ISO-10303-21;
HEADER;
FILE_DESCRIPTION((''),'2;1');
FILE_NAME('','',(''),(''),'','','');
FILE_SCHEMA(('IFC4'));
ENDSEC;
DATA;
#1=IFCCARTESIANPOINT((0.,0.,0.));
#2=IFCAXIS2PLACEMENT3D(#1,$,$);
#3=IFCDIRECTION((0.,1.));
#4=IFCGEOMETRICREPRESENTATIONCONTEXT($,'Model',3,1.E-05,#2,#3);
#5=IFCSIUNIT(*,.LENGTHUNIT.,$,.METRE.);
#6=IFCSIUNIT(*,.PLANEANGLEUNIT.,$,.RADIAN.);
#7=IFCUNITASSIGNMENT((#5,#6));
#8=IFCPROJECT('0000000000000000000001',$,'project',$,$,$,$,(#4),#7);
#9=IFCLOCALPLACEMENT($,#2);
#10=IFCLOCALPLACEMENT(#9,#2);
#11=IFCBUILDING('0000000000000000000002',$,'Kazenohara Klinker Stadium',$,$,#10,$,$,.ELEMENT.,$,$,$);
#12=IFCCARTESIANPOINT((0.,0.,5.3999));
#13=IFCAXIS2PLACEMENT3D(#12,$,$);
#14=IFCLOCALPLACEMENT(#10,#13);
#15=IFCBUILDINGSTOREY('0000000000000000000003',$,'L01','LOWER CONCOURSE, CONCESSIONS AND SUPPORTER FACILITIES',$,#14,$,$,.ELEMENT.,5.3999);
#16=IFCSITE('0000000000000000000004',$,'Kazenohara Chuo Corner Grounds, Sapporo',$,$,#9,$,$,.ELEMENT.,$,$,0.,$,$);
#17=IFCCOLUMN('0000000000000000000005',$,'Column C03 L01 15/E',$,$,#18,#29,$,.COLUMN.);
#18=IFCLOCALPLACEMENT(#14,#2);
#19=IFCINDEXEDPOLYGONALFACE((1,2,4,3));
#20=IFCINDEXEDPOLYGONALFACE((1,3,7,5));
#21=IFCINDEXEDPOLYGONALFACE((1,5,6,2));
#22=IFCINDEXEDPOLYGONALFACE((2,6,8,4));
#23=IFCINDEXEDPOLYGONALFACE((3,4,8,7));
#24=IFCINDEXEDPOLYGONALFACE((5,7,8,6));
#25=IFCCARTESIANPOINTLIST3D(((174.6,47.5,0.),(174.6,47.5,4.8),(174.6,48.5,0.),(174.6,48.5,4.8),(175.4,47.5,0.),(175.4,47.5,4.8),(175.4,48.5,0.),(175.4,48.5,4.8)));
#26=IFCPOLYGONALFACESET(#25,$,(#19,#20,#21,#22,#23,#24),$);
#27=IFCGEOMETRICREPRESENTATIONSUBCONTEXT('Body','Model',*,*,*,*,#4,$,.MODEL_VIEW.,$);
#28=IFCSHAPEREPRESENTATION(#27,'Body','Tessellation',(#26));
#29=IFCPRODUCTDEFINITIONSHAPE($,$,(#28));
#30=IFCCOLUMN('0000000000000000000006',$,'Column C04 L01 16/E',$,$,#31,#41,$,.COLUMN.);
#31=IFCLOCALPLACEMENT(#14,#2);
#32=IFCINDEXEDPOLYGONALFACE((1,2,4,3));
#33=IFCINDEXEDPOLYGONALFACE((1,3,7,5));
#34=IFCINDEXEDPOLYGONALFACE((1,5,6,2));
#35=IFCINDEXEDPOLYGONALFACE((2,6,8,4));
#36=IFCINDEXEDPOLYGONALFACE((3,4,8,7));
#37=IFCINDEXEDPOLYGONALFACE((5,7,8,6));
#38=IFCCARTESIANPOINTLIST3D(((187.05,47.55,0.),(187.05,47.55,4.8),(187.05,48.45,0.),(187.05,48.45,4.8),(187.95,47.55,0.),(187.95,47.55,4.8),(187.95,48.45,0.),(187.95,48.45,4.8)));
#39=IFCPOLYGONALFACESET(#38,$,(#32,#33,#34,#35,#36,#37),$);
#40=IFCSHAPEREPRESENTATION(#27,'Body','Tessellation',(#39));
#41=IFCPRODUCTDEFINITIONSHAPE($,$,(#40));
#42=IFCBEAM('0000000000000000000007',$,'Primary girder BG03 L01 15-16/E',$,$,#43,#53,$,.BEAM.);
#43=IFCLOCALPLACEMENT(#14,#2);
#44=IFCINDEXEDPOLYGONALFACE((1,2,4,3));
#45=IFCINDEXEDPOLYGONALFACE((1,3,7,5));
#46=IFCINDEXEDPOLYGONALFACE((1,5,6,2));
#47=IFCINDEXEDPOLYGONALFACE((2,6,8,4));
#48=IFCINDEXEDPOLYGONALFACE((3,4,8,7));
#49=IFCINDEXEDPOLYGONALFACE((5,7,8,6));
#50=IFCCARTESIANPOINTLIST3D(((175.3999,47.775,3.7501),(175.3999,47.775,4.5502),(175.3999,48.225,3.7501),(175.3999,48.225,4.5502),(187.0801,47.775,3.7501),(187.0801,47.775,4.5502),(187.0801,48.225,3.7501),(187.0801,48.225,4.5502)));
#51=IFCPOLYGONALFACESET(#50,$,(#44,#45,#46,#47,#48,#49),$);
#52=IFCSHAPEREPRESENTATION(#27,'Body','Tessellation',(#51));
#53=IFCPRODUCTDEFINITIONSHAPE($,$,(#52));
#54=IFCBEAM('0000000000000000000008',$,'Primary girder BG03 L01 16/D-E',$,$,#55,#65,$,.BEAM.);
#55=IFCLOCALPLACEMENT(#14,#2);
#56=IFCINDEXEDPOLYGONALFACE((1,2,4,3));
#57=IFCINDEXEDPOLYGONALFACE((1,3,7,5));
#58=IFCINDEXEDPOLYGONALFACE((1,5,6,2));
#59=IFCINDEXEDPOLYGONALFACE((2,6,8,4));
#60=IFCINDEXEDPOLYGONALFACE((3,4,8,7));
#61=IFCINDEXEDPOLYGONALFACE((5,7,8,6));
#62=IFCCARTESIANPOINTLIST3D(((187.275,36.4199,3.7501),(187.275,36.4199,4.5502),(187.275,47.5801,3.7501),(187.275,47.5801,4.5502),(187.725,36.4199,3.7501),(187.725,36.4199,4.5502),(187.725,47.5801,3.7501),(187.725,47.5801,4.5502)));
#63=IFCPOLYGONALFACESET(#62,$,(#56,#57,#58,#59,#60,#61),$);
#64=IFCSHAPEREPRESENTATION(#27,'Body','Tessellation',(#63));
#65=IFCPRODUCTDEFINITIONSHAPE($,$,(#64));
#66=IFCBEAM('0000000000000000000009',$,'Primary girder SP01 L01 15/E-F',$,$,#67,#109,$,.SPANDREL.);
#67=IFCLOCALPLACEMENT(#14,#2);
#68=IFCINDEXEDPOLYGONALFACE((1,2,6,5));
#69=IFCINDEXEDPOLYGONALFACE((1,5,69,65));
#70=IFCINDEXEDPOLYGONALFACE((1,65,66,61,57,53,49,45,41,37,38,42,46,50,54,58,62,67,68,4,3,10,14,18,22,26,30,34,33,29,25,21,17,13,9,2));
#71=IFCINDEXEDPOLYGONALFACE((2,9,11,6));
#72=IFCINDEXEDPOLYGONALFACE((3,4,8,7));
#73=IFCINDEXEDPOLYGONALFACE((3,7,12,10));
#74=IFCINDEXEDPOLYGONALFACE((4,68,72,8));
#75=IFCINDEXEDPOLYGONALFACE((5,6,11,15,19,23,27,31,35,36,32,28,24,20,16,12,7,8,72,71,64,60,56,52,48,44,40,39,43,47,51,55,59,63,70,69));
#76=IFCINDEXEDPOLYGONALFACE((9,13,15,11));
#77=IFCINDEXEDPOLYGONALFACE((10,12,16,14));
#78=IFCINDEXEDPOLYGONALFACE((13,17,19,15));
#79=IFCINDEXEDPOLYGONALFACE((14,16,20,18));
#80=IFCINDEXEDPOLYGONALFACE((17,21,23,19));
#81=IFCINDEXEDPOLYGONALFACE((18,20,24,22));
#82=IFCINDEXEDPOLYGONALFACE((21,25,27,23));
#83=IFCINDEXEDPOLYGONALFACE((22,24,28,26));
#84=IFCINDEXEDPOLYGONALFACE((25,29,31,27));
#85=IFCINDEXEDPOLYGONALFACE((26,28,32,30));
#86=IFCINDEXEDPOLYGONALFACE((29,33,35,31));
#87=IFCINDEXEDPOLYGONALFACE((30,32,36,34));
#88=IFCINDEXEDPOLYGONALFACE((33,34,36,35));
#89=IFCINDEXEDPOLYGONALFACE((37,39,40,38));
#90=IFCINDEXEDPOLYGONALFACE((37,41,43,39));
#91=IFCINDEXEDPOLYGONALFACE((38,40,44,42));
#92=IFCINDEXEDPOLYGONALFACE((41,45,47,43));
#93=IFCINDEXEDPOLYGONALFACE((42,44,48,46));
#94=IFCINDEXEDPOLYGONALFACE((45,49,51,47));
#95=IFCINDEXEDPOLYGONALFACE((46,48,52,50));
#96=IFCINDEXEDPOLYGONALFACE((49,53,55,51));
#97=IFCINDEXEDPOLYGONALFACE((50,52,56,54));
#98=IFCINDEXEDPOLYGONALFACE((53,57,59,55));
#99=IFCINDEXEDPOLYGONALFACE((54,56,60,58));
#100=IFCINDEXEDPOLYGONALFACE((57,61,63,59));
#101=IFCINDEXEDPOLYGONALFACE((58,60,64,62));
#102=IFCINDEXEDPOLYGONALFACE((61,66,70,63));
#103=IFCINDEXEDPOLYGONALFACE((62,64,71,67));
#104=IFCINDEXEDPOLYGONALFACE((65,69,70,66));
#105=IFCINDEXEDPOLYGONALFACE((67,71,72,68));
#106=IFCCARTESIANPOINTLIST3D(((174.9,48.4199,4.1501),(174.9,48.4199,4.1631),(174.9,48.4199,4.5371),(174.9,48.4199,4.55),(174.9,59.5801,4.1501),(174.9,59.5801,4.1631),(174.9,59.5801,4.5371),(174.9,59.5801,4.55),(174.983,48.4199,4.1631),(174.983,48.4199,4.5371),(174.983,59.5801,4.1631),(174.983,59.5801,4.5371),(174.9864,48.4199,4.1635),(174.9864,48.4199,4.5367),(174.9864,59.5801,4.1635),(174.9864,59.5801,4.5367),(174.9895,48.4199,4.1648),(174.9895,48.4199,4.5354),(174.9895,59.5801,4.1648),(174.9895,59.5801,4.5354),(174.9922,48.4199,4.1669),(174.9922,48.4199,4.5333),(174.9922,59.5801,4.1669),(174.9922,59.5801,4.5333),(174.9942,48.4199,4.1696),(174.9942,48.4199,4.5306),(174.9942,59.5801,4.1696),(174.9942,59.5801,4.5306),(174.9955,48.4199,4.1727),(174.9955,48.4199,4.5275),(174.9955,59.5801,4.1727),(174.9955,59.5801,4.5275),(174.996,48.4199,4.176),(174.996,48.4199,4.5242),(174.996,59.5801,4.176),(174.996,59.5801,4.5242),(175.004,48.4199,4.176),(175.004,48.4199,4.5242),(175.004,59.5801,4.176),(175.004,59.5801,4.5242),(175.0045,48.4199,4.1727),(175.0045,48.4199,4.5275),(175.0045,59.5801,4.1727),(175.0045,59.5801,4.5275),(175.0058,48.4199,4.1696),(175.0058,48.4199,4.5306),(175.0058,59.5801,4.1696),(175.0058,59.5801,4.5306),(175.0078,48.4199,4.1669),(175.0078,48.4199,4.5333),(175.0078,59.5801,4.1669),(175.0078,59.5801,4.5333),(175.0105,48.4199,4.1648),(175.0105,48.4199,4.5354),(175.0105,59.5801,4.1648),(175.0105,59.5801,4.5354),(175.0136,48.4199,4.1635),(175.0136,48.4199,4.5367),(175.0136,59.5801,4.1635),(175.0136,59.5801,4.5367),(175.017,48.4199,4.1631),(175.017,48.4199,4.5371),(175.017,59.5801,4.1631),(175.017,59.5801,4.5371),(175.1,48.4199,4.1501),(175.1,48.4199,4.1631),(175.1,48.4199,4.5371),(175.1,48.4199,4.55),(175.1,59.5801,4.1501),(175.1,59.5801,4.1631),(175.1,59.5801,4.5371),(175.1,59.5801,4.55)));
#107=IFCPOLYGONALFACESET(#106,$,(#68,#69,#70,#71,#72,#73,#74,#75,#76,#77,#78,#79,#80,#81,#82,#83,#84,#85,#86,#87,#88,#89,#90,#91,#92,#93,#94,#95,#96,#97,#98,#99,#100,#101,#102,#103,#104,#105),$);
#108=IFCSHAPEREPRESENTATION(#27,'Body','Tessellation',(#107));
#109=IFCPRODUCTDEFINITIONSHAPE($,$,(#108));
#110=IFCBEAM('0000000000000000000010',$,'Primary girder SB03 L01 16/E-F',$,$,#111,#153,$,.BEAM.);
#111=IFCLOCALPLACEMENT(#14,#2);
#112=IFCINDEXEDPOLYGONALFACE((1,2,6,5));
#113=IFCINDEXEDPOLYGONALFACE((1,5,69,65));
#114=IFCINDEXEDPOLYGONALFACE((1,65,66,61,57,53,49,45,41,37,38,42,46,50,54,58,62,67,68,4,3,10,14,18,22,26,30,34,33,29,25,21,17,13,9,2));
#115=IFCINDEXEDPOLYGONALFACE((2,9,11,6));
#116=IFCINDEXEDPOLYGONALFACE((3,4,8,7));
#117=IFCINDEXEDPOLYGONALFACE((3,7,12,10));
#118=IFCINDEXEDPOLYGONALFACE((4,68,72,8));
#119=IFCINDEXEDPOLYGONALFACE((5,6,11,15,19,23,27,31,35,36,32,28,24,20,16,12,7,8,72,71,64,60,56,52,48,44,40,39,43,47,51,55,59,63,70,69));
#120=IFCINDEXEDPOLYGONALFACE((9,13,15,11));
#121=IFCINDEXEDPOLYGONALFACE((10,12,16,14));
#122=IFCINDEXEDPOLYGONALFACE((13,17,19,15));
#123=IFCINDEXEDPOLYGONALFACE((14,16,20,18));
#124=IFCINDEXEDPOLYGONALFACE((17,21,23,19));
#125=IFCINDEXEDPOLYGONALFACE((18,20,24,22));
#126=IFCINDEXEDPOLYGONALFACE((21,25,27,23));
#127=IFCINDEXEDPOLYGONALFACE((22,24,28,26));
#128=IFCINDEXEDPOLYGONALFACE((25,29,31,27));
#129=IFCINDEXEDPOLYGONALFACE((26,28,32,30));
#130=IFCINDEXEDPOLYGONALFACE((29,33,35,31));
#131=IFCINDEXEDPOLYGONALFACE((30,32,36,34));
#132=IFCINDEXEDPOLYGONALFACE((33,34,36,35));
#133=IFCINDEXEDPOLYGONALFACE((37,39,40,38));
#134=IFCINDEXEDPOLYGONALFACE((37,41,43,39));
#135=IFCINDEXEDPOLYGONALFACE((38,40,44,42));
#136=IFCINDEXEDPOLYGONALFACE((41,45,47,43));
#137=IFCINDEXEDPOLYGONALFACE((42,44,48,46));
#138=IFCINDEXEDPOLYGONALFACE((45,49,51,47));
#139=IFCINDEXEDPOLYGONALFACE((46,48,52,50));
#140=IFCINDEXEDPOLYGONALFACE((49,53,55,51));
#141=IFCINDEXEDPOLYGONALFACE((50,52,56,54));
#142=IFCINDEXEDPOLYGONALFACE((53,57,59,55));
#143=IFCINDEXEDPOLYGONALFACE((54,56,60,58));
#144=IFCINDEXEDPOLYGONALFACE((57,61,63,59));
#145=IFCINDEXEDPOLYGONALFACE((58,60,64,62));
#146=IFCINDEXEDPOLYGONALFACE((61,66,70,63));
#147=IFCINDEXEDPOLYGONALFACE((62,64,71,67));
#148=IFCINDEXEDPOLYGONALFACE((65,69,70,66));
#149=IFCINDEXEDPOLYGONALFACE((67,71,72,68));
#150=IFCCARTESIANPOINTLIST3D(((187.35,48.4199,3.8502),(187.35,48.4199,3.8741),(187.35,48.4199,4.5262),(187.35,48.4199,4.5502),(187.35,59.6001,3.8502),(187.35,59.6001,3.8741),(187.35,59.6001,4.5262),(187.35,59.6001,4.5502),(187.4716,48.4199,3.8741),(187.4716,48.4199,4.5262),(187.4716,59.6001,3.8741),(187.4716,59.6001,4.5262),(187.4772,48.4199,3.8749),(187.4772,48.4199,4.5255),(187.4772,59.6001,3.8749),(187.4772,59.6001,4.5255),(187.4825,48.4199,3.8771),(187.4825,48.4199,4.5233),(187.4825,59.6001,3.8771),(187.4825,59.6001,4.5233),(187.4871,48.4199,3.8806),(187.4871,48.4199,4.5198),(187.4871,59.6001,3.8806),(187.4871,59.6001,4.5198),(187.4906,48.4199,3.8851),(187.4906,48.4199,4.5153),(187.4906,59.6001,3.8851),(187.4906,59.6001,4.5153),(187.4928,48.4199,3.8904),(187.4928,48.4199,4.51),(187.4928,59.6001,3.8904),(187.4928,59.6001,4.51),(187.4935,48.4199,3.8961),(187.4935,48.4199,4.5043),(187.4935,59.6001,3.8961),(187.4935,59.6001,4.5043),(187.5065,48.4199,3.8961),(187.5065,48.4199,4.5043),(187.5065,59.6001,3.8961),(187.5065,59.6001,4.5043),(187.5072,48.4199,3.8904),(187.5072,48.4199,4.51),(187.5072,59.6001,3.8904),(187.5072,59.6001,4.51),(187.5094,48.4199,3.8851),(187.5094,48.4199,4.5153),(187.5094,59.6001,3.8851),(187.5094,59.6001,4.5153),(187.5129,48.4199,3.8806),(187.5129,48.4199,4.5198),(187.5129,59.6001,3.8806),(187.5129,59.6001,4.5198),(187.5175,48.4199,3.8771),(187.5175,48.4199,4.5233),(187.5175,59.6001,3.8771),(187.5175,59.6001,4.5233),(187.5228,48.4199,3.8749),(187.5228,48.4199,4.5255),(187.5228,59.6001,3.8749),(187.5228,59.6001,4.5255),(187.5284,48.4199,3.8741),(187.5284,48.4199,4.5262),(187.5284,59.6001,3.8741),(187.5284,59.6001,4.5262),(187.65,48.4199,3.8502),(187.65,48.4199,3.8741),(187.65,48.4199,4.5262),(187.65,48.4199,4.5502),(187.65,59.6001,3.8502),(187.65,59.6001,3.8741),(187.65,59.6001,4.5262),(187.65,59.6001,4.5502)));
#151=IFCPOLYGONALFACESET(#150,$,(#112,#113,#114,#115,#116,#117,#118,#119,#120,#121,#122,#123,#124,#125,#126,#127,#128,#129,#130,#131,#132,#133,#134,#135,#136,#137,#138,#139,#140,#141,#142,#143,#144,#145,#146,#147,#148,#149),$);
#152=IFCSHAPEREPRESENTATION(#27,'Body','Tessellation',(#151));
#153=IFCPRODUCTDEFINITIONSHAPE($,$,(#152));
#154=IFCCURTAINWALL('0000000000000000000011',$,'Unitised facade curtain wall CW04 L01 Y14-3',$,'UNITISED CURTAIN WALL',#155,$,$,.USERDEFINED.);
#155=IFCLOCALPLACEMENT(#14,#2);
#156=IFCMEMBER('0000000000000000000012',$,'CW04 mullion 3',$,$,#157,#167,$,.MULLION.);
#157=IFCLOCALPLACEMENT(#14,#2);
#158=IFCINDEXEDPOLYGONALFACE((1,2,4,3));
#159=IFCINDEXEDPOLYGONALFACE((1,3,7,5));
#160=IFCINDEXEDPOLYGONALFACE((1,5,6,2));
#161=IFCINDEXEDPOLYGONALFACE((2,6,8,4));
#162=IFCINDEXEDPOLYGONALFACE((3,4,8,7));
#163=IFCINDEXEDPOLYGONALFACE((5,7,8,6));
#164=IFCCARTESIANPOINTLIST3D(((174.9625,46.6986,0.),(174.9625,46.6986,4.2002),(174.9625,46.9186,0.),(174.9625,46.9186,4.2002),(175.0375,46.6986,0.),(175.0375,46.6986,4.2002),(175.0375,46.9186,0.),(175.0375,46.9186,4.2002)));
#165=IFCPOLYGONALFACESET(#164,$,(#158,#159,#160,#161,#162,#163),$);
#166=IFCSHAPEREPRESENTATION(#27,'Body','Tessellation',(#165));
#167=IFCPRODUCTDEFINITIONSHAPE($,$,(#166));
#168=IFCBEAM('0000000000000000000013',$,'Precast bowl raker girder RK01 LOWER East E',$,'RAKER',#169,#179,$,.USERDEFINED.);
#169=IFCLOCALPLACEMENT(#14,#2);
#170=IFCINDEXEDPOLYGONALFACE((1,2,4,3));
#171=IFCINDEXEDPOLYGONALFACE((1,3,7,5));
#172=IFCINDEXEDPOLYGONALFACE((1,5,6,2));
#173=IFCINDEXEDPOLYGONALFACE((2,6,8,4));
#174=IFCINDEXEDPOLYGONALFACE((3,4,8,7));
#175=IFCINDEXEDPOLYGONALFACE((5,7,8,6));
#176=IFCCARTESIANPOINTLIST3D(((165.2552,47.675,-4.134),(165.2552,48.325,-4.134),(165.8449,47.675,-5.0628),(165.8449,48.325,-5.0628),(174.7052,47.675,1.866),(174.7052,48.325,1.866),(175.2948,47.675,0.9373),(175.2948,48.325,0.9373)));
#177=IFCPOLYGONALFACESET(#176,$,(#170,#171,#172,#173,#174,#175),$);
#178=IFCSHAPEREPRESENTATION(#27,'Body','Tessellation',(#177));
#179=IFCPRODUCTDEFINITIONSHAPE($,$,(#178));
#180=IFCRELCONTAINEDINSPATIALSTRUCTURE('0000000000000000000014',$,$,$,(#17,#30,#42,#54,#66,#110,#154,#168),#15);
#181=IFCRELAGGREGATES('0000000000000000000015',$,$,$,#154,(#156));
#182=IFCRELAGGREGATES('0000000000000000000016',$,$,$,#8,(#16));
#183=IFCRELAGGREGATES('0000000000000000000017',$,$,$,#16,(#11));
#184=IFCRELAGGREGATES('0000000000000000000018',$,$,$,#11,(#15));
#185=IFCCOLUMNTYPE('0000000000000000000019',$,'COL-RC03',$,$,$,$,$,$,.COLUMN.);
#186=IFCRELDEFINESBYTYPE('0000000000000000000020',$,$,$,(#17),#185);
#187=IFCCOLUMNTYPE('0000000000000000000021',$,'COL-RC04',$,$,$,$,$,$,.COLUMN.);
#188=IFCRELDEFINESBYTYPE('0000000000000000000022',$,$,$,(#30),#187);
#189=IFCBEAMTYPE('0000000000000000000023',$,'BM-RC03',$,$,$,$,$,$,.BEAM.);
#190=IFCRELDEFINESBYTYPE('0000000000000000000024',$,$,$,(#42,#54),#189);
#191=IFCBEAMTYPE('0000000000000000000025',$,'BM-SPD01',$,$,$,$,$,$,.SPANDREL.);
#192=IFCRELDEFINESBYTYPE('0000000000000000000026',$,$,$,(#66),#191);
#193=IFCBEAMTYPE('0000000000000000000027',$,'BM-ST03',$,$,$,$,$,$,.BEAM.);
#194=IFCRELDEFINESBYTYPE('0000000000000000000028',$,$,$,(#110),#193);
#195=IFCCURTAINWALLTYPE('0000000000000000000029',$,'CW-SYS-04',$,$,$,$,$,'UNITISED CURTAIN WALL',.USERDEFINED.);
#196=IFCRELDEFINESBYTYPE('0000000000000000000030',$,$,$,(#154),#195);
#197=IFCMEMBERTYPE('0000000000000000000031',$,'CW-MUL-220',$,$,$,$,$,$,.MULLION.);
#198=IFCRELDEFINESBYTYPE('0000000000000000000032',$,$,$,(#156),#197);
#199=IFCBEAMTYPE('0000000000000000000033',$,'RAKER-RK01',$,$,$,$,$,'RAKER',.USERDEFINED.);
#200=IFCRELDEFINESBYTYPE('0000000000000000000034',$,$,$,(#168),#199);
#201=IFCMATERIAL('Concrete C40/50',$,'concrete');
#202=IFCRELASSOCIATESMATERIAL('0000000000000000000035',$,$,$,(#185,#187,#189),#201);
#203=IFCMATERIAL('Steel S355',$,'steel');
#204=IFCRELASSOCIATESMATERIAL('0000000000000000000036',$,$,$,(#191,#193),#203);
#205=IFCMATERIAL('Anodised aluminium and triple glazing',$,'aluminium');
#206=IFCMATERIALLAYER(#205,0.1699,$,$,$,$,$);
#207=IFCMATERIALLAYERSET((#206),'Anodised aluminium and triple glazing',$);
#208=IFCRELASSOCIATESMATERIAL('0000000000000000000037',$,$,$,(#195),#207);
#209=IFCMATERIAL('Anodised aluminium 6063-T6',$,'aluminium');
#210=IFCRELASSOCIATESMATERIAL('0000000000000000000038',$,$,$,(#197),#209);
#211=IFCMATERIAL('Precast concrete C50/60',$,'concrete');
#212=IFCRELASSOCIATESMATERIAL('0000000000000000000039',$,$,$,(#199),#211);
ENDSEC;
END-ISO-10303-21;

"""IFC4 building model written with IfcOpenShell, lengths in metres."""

from ifc_helpers import new_model, si_unit, direction, frame, origin, origin_2d, place, context, subcontext, project, spatial, rectangle, i_section, extrude, material, layer, layer_set, material_profile, profile_set, type_object, element, aggregate, save


model = new_model("IFC4")

# Units and contexts
model_context = context("Model", 3, precision=1e-05, world=origin(), true_north=direction((0.0, 1.0)))
body_context = subcontext(model_context, "Body", "Model", "MODEL_VIEW")
ifc_project = project(units=[si_unit("LENGTHUNIT", "METRE"), si_unit("PLANEANGLEUNIT", "RADIAN")], contexts=[model_context])

# Site, building, storey
site_placement = place(None, origin())
site = spatial("IfcSite", under=ifc_project, at=site_placement, Name="Kazenohara Chuo Corner Grounds, Sapporo", CompositionType="ELEMENT", RefElevation=0.0)
building_placement = place(site_placement, origin())
building = spatial("IfcBuilding", under=site, at=building_placement, Name="Kazenohara Klinker Stadium", CompositionType="ELEMENT")
storey_placement = place(building_placement, frame((0.0, 0.0, 5.3999)))
storey = spatial("IfcBuildingStorey", under=building, at=storey_placement, Name="L01", Description="LOWER CONCOURSE, CONCESSIONS AND SUPPORTER FACILITIES", CompositionType="ELEMENT", Elevation=5.3999)

# Columns
ifc_material_1 = material(Name="Concrete C40/50", Category="concrete")
ifc_material_profile_1 = material_profile(ifc_material_1, rectangle(XDim=0.8, YDim=1.0, at=origin_2d()), Name="RC-COL-1000x800")
ifc_profile_set_1 = profile_set([ifc_material_profile_1], Name="Concrete C40/50")
column_type_1 = type_object("IfcColumnType", Name="COL-RC03", PredefinedType="COLUMN", material=ifc_profile_set_1)
column_1_placement = place(storey_placement, frame((175.0, 48.0, 0.0), z_axis=(0.0, 0.0, 1.0), x_axis=(1.0, 0.0, 0.0)))
element("IfcColumn", 1, at=column_1_placement, inside=storey, type_object=column_type_1, Name="Column C03 L01 15/E", PredefinedType="COLUMN", context=body_context, shape_type="SweptSolid", body=[
    extrude(rectangle(XDim=0.8, YDim=1.0, at=origin_2d()), origin(), (0.0, 0.0, 1.0), 4.8),
])
ifc_material_profile_2 = material_profile(ifc_material_1, rectangle(XDim=0.8999, YDim=0.8999, at=origin_2d()), Name="RC-COL-900x900")
ifc_profile_set_2 = profile_set([ifc_material_profile_2], Name="Concrete C40/50")
column_type_2 = type_object("IfcColumnType", Name="COL-RC04", PredefinedType="COLUMN", material=ifc_profile_set_2)
column_2_placement = place(storey_placement, frame((187.5, 48.0, 0.0), z_axis=(0.0, 0.0, 1.0), x_axis=(1.0, 0.0, 0.0)))
element("IfcColumn", 2, at=column_2_placement, inside=storey, type_object=column_type_2, Name="Column C04 L01 16/E", PredefinedType="COLUMN", context=body_context, shape_type="SweptSolid", body=[
    extrude(rectangle(XDim=0.8999, YDim=0.8999, at=origin_2d()), origin(), (0.0, 0.0, 1.0), 4.8),
])

# Beams
ifc_material_profile_3 = material_profile(ifc_material_1, rectangle(XDim=0.45, YDim=0.8, at=origin_2d()), Name="RC-BM-450x800")
ifc_profile_set_3 = profile_set([ifc_material_profile_3], Name="Concrete C40/50")
beam_type_1 = type_object("IfcBeamType", Name="BM-RC03", PredefinedType="BEAM", material=ifc_profile_set_3)
beam_1_placement = place(storey_placement, frame((175.3999, 48.0, 4.1501), z_axis=(1.0, 0.0, 0.0), x_axis=(0.0, 1.0, 0.0)))
element("IfcBeam", 3, at=beam_1_placement, inside=storey, type_object=beam_type_1, Name="Primary girder BG03 L01 15-16/E", PredefinedType="BEAM", context=body_context, shape_type="SweptSolid", body=[
    extrude(rectangle(XDim=0.45, YDim=0.8, at=origin_2d()), origin(), (0.0, 0.0, 1.0), 11.6802),
])
beam_2_placement = place(storey_placement, frame((187.5, 36.4199, 4.1501), z_axis=(0.0, 1.0, 0.0), x_axis=(-1.0, 0.0, 0.0)))
element("IfcBeam", 4, at=beam_2_placement, inside=storey, type_object=beam_type_1, Name="Primary girder BG03 L01 16/D-E", PredefinedType="BEAM", context=body_context, shape_type="SweptSolid", body=[
    extrude(rectangle(XDim=0.45, YDim=0.8, at=origin_2d()), origin(), (0.0, 0.0, 1.0), 11.1602),
])
ifc_material_2 = material(Name="Steel S355", Category="steel")
ifc_material_profile_4 = material_profile(ifc_material_2, i_section(OverallWidth=0.2, OverallDepth=0.3999, WebThickness=0.0081, FlangeThickness=0.0129, FilletRadius=0.0129, at=origin_2d()), Name="H-400x200x8x13")
ifc_profile_set_4 = profile_set([ifc_material_profile_4], Name="Steel S355")
beam_type_2 = type_object("IfcBeamType", Name="BM-SPD01", PredefinedType="SPANDREL", material=ifc_profile_set_4)
beam_3_placement = place(storey_placement, frame((175.0, 48.4199, 4.3501), z_axis=(0.0, 1.0, 0.0), x_axis=(-1.0, 0.0, 0.0)))
element("IfcBeam", 5, at=beam_3_placement, inside=storey, type_object=beam_type_2, Name="Primary girder SP01 L01 15/E-F", PredefinedType="SPANDREL", context=body_context, shape_type="SweptSolid", body=[
    extrude(i_section(OverallWidth=0.2, OverallDepth=0.3999, WebThickness=0.0081, FlangeThickness=0.0129, FilletRadius=0.0129, at=origin_2d()), origin(), (0.0, 0.0, 1.0), 11.1602),
])
ifc_material_profile_5 = material_profile(ifc_material_2, i_section(OverallWidth=0.3, OverallDepth=0.7, WebThickness=0.0129, FlangeThickness=0.0239, FilletRadius=0.022, at=origin_2d()), Name="H-700x300x13x24")
ifc_profile_set_5 = profile_set([ifc_material_profile_5], Name="Steel S355")
beam_type_3 = type_object("IfcBeamType", Name="BM-ST03", PredefinedType="BEAM", material=ifc_profile_set_5)
beam_4_placement = place(storey_placement, frame((187.5, 48.4199, 4.2002), z_axis=(0.0, 1.0, 0.0), x_axis=(-1.0, 0.0, 0.0)))
element("IfcBeam", 6, at=beam_4_placement, inside=storey, type_object=beam_type_3, Name="Primary girder SB03 L01 16/E-F", PredefinedType="BEAM", context=body_context, shape_type="SweptSolid", body=[
    extrude(i_section(OverallWidth=0.3, OverallDepth=0.7, WebThickness=0.0129, FlangeThickness=0.0239, FilletRadius=0.022, at=origin_2d()), origin(), (0.0, 0.0, 1.0), 11.1802),
])

# Curtain wall, member
ifc_material_3 = material(Name="Anodised aluminium and triple glazing", Category="aluminium")
ifc_layer_1 = layer(ifc_material_3, 0.1699)
ifc_layer_set_1 = layer_set([ifc_layer_1], Name="Anodised aluminium and triple glazing")
curtain_wall_type = type_object("IfcCurtainWallType", Name="CW-SYS-04", ElementType="UNITISED CURTAIN WALL", PredefinedType="USERDEFINED", material=ifc_layer_set_1)
curtain_wall_placement = place(storey_placement, origin())
curtain_wall = element("IfcCurtainWall", 7, at=curtain_wall_placement, inside=storey, type_object=curtain_wall_type, Name="Unitised facade curtain wall CW04 L01 Y14-3", ObjectType="UNITISED CURTAIN WALL", PredefinedType="USERDEFINED")
ifc_material_4 = material(Name="Anodised aluminium 6063-T6", Category="aluminium")
ifc_material_profile_6 = material_profile(ifc_material_4, rectangle(XDim=0.075, YDim=0.22, at=origin_2d()), Name="ALU-MUL-75x220")
ifc_profile_set_6 = profile_set([ifc_material_profile_6], Name="Anodised aluminium 6063-T6")
member_type = type_object("IfcMemberType", Name="CW-MUL-220", PredefinedType="MULLION", material=ifc_profile_set_6)
member_placement = place(storey_placement, frame((175.0, 46.8086, 0.0), z_axis=(0.0, 0.0, 1.0), x_axis=(-1.0, 0.0, 0.0)))
member = element("IfcMember", 8, at=member_placement, type_object=member_type, Name="CW04 mullion 3", PredefinedType="MULLION", context=body_context, shape_type="SweptSolid", body=[
    extrude(rectangle(XDim=0.075, YDim=0.22, at=origin_2d()), origin(), (0.0, 0.0, 1.0), 4.2002),
])

# Beam
ifc_material_5 = material(Name="Precast concrete C50/60", Category="concrete")
ifc_material_profile_7 = material_profile(ifc_material_5, rectangle(XDim=0.6499, YDim=1.1001, at=origin_2d()), Name="PC-RAKER-650x1100")
ifc_profile_set_7 = profile_set([ifc_material_profile_7], Name="Precast concrete C50/60")
beam_type_4 = type_object("IfcBeamType", Name="RAKER-RK01", ElementType="RAKER", PredefinedType="USERDEFINED", material=ifc_profile_set_7)
beam_5_placement = place(storey_placement, frame((175.0, 48.0, 1.4016), z_axis=(-0.844212, 0.0, -0.53601), x_axis=(0.0, -1.0, 0.0)))
element("IfcBeam", 9, at=beam_5_placement, inside=storey, type_object=beam_type_4, Name="Precast bowl raker girder RK01 LOWER East E", ObjectType="RAKER", PredefinedType="USERDEFINED", context=body_context, shape_type="SweptSolid", body=[
    extrude(rectangle(XDim=0.6499, YDim=1.1001, at=origin_2d()), origin(), (0.0, 0.0, 1.0), 11.1938),
])

aggregate(curtain_wall, [member])

save(model, "model.ifc")
